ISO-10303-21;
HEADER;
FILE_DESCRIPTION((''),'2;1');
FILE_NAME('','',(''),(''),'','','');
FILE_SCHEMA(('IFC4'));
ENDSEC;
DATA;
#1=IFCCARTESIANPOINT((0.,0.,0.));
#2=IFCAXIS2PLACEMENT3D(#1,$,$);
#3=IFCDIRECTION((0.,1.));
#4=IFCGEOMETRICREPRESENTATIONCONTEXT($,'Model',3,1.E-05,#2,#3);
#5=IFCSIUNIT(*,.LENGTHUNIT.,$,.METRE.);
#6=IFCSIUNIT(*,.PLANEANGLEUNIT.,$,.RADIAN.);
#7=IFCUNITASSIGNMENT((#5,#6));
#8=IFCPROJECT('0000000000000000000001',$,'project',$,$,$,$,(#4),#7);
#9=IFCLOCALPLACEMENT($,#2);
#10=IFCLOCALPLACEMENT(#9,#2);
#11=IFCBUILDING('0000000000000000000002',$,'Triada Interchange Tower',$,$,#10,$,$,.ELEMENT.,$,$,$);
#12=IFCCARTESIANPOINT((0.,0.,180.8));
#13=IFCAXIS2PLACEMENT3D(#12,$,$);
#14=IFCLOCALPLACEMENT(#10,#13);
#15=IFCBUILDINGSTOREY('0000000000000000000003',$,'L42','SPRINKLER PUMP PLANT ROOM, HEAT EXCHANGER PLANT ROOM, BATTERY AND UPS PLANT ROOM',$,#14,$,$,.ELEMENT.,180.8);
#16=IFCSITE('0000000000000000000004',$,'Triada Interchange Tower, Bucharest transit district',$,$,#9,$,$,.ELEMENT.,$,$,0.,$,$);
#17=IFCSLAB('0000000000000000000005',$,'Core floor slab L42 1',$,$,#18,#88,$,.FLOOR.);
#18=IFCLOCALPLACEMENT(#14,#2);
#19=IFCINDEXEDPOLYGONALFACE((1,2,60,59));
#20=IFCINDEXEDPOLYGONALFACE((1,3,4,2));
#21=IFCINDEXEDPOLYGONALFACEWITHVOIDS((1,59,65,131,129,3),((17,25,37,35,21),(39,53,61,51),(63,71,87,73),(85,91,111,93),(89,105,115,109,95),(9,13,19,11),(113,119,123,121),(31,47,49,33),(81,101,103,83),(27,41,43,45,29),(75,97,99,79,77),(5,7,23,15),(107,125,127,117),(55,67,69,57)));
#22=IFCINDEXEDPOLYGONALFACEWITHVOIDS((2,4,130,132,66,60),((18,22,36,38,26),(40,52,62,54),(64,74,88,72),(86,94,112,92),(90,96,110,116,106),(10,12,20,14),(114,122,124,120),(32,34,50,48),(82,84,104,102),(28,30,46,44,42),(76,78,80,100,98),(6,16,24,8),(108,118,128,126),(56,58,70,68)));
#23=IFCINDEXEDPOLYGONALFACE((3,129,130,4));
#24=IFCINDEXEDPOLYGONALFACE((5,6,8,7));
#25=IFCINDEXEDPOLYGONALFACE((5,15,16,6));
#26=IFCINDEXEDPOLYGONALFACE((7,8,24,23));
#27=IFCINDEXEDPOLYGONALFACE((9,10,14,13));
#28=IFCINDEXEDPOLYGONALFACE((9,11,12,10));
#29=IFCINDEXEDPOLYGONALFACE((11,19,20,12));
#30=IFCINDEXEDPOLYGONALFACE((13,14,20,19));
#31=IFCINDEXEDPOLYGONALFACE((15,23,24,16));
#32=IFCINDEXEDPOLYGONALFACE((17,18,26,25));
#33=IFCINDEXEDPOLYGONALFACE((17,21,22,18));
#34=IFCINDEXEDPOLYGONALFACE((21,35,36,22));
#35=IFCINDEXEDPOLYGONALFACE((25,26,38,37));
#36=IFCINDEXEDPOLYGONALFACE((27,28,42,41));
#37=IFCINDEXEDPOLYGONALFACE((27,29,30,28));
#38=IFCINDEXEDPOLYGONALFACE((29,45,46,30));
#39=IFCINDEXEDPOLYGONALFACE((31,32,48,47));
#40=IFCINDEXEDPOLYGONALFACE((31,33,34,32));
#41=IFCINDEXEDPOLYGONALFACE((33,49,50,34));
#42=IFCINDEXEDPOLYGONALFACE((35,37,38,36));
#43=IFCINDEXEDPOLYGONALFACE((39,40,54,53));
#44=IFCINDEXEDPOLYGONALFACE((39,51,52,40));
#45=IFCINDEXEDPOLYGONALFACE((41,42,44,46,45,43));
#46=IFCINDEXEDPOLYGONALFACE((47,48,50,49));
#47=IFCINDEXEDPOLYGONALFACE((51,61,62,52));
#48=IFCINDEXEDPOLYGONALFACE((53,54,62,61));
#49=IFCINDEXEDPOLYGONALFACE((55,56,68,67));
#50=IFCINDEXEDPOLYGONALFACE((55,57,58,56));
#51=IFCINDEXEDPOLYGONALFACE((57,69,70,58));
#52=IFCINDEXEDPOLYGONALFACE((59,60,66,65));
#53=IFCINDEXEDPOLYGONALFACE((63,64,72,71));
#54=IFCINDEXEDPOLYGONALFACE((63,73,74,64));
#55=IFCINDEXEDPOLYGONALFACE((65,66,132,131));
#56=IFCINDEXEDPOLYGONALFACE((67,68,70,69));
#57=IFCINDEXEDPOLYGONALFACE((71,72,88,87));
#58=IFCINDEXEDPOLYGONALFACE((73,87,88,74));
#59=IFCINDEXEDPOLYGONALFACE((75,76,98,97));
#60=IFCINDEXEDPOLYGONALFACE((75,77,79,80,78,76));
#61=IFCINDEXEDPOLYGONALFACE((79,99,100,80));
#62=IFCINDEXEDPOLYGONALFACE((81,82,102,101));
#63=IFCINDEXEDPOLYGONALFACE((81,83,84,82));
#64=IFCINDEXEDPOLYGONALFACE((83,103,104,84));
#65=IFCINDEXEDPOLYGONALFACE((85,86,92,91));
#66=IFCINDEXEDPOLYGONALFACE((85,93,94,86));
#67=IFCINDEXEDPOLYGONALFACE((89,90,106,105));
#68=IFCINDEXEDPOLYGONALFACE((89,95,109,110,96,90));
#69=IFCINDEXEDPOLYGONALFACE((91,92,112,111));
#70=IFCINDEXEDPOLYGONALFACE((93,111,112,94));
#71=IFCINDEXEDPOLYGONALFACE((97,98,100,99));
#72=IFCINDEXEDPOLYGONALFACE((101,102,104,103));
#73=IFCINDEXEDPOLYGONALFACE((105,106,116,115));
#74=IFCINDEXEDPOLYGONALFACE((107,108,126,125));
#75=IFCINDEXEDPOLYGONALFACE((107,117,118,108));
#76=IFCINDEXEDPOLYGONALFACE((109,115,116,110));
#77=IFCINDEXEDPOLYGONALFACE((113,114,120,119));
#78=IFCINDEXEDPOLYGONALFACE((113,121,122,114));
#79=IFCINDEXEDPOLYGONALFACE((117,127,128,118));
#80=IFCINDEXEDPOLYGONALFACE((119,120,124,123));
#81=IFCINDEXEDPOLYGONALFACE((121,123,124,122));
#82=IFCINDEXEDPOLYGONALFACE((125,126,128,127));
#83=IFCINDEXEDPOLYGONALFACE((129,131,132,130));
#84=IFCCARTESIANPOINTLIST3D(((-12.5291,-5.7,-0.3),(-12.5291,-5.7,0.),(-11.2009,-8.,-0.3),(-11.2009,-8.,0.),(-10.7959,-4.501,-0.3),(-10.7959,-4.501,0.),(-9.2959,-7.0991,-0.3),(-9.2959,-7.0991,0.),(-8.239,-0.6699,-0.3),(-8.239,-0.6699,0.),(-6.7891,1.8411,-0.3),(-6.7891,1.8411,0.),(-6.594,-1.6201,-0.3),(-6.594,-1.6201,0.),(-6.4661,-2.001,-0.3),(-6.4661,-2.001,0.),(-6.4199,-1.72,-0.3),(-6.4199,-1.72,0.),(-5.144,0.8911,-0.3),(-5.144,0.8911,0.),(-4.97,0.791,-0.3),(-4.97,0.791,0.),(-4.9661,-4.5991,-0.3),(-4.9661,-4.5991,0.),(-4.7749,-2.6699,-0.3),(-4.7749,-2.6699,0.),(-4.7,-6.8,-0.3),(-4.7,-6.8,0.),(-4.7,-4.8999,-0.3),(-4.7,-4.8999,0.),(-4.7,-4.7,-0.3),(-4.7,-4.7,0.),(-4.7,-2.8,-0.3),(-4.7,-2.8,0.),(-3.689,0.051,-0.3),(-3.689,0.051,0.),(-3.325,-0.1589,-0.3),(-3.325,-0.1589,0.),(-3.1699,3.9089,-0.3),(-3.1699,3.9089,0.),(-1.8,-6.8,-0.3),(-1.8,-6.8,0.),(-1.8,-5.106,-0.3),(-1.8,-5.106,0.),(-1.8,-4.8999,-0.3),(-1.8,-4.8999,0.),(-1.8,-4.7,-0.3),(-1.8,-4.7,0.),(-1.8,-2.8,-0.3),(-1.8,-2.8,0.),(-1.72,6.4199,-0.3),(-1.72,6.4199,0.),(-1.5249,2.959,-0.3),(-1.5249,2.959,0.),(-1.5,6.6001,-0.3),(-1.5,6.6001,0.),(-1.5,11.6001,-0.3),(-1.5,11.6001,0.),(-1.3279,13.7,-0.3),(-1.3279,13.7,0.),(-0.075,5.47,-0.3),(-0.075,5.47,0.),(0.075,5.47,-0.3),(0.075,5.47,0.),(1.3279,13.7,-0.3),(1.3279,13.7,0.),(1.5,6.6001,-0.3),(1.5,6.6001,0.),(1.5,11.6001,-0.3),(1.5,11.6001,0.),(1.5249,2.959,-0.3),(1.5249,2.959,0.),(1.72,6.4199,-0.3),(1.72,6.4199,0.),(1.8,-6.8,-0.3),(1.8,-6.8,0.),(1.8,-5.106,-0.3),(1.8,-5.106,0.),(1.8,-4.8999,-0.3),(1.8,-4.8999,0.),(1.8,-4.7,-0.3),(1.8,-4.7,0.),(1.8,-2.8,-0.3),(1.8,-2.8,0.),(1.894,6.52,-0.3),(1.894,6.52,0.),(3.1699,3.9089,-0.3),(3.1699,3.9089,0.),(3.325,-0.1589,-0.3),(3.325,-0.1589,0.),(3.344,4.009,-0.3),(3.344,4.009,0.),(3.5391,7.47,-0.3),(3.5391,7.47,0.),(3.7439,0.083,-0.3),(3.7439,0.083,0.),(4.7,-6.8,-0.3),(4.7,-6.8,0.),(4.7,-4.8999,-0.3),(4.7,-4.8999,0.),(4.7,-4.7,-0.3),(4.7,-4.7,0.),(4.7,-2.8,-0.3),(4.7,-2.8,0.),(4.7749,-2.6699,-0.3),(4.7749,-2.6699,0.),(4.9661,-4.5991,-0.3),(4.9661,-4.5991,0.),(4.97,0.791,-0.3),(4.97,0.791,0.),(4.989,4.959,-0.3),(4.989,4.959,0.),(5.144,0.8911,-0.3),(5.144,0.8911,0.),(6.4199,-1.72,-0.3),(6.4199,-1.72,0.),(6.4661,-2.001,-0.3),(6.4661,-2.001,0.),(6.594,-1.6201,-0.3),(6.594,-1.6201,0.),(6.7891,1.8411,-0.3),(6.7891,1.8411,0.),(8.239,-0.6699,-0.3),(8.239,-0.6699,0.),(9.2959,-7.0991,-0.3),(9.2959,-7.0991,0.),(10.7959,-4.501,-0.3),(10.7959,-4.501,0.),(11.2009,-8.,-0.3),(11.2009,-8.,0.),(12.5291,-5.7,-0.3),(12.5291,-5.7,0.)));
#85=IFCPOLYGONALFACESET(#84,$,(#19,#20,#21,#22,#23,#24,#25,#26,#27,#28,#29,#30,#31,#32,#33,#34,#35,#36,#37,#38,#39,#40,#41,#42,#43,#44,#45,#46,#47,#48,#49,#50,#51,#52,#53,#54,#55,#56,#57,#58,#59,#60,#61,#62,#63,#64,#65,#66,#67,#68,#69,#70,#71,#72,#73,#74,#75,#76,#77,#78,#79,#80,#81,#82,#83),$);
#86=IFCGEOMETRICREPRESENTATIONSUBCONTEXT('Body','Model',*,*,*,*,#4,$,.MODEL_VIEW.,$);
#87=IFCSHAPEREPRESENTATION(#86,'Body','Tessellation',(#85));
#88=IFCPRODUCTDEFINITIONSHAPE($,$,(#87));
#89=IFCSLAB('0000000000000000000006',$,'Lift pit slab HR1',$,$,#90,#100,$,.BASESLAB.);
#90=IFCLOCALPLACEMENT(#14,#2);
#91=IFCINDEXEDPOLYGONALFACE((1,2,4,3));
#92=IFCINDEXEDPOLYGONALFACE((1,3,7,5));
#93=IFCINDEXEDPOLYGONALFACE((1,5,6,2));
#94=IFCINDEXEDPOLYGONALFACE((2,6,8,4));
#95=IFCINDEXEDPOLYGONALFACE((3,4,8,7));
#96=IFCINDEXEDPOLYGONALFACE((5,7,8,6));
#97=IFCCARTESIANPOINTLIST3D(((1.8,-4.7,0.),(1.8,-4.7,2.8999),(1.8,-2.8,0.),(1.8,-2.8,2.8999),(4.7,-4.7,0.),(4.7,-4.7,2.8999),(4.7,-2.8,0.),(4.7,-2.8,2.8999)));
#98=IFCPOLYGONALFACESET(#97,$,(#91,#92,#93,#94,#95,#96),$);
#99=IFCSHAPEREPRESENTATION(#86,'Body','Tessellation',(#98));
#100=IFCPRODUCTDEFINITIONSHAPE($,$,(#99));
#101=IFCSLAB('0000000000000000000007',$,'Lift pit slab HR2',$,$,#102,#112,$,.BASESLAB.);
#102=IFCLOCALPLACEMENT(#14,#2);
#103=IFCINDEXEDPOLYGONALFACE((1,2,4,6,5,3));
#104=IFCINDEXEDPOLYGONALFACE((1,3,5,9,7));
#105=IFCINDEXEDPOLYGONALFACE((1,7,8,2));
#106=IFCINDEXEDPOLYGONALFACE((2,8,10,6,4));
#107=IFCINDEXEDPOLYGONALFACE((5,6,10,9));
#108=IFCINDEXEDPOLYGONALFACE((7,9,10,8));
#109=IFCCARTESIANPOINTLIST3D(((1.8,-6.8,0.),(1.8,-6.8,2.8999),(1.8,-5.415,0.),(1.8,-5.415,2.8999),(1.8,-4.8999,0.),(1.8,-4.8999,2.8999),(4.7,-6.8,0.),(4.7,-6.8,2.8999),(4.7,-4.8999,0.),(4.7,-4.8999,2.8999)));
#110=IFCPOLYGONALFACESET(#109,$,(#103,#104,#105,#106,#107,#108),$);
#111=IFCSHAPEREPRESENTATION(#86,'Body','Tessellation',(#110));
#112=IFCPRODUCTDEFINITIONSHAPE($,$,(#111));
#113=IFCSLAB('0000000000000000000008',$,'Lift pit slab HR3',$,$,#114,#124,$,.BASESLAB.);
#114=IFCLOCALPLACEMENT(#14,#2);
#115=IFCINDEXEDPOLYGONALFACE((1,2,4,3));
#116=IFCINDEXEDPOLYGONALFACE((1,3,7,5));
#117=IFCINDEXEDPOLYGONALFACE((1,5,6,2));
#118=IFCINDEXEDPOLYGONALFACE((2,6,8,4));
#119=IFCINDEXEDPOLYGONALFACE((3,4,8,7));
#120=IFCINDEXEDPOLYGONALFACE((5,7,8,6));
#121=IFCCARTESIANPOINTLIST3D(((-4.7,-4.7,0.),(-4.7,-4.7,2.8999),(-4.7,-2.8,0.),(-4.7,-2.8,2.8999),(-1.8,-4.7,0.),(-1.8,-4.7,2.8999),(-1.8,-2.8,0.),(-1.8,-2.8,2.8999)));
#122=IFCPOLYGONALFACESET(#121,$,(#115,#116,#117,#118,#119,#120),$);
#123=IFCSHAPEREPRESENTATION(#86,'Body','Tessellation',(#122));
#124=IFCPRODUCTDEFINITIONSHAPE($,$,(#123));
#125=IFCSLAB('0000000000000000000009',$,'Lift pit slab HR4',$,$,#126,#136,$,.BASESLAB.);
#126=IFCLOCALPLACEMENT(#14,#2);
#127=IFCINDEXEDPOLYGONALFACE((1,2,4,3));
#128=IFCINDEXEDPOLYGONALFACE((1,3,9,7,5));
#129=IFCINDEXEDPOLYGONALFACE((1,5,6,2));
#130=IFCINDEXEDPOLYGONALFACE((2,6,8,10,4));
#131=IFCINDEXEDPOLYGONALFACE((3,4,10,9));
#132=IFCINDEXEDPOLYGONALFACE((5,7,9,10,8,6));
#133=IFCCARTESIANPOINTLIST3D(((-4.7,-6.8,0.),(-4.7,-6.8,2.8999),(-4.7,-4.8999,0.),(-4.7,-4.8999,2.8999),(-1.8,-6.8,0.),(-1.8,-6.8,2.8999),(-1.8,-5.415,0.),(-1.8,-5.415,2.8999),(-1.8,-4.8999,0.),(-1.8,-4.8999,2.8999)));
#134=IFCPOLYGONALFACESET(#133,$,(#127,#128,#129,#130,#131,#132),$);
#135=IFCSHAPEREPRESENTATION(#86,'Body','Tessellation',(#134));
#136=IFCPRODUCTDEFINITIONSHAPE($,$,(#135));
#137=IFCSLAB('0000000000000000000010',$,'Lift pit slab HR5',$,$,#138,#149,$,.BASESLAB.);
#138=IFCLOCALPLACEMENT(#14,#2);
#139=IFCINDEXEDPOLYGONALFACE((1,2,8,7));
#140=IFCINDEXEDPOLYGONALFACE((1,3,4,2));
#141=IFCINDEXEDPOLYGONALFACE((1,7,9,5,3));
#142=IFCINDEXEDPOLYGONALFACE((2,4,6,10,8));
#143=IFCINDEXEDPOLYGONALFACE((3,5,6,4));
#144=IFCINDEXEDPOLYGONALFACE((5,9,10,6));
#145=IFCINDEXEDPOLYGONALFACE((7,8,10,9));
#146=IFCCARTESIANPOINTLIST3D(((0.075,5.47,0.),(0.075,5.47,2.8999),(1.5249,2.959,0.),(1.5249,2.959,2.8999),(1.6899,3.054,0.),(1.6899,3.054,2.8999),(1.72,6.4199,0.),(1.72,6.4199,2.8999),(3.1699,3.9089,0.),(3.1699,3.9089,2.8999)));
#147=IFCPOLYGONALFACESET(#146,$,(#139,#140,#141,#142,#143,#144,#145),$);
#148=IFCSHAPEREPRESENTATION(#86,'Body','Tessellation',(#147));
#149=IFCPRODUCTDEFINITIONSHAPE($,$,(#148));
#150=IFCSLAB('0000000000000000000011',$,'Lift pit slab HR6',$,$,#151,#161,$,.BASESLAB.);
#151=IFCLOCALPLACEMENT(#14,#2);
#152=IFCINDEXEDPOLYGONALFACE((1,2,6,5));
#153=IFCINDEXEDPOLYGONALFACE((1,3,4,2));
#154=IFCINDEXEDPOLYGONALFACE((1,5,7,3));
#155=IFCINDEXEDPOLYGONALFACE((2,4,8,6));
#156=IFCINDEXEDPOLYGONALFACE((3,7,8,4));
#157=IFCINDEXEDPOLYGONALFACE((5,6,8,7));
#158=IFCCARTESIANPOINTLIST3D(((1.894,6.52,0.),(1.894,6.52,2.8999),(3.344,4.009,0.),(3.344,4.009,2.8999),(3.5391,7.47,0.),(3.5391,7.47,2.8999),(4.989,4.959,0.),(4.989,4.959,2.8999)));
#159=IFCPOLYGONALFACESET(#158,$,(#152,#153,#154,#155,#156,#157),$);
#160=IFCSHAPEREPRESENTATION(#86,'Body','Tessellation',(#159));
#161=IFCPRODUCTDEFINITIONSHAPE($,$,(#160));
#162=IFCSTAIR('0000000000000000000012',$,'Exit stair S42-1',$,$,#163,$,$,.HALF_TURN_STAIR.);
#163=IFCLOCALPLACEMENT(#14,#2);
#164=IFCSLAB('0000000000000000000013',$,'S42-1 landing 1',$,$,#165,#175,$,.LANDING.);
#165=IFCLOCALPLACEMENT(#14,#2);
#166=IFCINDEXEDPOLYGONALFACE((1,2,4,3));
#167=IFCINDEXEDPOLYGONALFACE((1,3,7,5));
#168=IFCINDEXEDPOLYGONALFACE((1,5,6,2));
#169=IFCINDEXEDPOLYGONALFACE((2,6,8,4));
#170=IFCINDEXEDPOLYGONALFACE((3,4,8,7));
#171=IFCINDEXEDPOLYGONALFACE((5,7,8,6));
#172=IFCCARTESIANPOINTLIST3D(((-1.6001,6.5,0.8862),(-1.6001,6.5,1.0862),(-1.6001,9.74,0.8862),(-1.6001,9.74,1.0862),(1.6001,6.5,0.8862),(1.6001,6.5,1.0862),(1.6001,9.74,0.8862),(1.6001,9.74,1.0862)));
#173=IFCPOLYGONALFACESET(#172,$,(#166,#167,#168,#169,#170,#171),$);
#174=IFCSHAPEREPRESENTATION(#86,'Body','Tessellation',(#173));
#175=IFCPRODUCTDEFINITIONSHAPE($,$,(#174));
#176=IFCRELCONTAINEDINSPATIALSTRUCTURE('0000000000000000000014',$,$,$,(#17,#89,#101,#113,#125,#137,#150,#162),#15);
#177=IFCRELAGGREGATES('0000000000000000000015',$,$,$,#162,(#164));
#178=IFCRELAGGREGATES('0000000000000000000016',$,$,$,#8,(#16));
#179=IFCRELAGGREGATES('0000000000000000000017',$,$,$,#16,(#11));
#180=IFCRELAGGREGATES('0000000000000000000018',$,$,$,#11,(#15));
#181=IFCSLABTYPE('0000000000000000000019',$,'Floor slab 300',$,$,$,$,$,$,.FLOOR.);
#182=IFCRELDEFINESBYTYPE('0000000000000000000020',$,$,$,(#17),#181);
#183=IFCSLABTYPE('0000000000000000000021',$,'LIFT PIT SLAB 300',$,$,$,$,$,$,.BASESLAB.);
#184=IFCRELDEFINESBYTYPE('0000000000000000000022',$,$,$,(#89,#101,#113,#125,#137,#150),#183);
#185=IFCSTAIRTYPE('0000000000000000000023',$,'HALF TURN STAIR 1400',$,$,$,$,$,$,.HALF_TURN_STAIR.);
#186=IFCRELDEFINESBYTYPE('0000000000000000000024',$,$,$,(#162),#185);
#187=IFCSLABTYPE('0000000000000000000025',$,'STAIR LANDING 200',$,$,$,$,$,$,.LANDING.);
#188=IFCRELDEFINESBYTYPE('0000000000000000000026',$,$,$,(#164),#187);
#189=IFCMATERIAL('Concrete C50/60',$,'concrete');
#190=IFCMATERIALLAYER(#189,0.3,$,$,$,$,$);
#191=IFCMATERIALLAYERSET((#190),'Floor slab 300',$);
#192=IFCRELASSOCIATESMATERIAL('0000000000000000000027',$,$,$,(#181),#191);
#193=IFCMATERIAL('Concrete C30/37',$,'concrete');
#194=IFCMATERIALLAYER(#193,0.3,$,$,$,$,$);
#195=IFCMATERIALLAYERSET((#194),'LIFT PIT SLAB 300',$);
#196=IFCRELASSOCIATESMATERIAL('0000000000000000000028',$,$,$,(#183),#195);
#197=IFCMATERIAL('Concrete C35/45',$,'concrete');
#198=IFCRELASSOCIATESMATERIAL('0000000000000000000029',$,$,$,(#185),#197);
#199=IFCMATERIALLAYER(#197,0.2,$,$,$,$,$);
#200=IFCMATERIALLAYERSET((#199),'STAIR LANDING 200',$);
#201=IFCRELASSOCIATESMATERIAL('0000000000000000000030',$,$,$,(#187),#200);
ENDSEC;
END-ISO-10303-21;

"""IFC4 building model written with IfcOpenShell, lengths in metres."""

from ifc_helpers import new_model, si_unit, direction, frame, origin, place, context, subcontext, project, spatial, polyline, outline, extrude, material, layer, layer_set, type_object, element, aggregate, save


model = new_model("IFC4")

# Units and contexts
model_context = context("Model", 3, precision=1e-05, world=origin(), true_north=direction((0.0, 1.0)))
body_context = subcontext(model_context, "Body", "Model", "MODEL_VIEW")
ifc_project = project(units=[si_unit("LENGTHUNIT", "METRE"), si_unit("PLANEANGLEUNIT", "RADIAN")], contexts=[model_context])

# Site, building, storey
site_placement = place(None, origin())
site = spatial("IfcSite", under=ifc_project, at=site_placement, Name="Triada Interchange Tower, Bucharest transit district", CompositionType="ELEMENT", RefElevation=0.0)
building_placement = place(site_placement, origin())
building = spatial("IfcBuilding", under=site, at=building_placement, Name="Triada Interchange Tower", CompositionType="ELEMENT")
storey_placement = place(building_placement, frame((0.0, 0.0, 180.8)))
storey = spatial("IfcBuildingStorey", under=building, at=storey_placement, Name="L42", Description="SPRINKLER PUMP PLANT ROOM, HEAT EXCHANGER PLANT ROOM, BATTERY AND UPS PLANT ROOM", CompositionType="ELEMENT", Elevation=180.8)

# Slabs
ifc_material_1 = material(Name="Concrete C50/60", Category="concrete")
ifc_layer_1 = layer(ifc_material_1, 0.3)
ifc_layer_set_1 = layer_set([ifc_layer_1], Name="Floor slab 300")
slab_type_1 = type_object("IfcSlabType", Name="Floor slab 300", PredefinedType="FLOOR", material=ifc_layer_set_1)
slab_1_placement = place(storey_placement, frame((0.0, 0.0, -0.3)))
element("IfcSlab", 1, at=slab_1_placement, inside=storey, type_object=slab_type_1, Name="Core floor slab L42 1", PredefinedType="FLOOR", context=body_context, shape_type="SweptSolid", body=[
    extrude(outline(polyline([(12.5291, -5.7), (11.2009, -8.0), (-11.2009, -8.0), (-12.5291, -5.7), (-1.3279, 13.7), (1.3279, 13.7), (12.5291, -5.7)]), holes=[polyline([(9.2959, -7.0991), (10.7959, -4.501), (6.4661, -2.001), (4.9661, -4.5991), (9.2959, -7.0991)]), polyline([(6.7891, 1.8411), (5.144, 0.8911), (6.594, -1.6201), (8.239, -0.6699), (6.7891, 1.8411)]), polyline([(4.7749, -2.6699), (6.4199, -1.72), (4.97, 0.791), (3.7439, 0.083), (3.325, -0.1589), (4.7749, -2.6699)]), polyline([(1.894, 6.52), (3.344, 4.009), (4.989, 4.959), (3.5391, 7.47), (1.894, 6.52)]), polyline([(1.8, -5.106), (1.8, -6.8), (4.7, -6.8), (4.7, -4.8999), (1.8, -4.8999), (1.8, -5.106)]), polyline([(4.7, -2.8), (1.8, -2.8), (1.8, -4.7), (4.7, -4.7), (4.7, -2.8)]), polyline([(0.075, 5.47), (1.5249, 2.959), (3.1699, 3.9089), (1.72, 6.4199), (0.075, 5.47)]), polyline([(1.5, 11.6001), (-1.5, 11.6001), (-1.5, 6.6001), (1.5, 6.6001), (1.5, 11.6001)]), polyline([(-1.5249, 2.959), (-0.075, 5.47), (-1.72, 6.4199), (-3.1699, 3.9089), (-1.5249, 2.959)]), polyline([(-1.8, -2.8), (-4.7, -2.8), (-4.7, -4.7), (-1.8, -4.7), (-1.8, -2.8)]), polyline([(-4.7, -6.8), (-1.8, -6.8), (-1.8, -5.106), (-1.8, -4.8999), (-4.7, -4.8999), (-4.7, -6.8)]), polyline([(-3.325, -0.1589), (-3.689, 0.051), (-4.97, 0.791), (-6.4199, -1.72), (-4.7749, -2.6699), (-3.325, -0.1589)]), polyline([(-10.7959, -4.501), (-9.2959, -7.0991), (-4.9661, -4.5991), (-6.4661, -2.001), (-10.7959, -4.501)]), polyline([(-6.594, -1.6201), (-5.144, 0.8911), (-6.7891, 1.8411), (-8.239, -0.6699), (-6.594, -1.6201)])]), origin(), (0.0, 0.0, 1.0), 0.3),
])
ifc_material_2 = material(Name="Concrete C30/37", Category="concrete")
ifc_layer_2 = layer(ifc_material_2, 0.3)
ifc_layer_set_2 = layer_set([ifc_layer_2], Name="LIFT PIT SLAB 300")
slab_type_2 = type_object("IfcSlabType", Name="LIFT PIT SLAB 300", PredefinedType="BASESLAB", material=ifc_layer_set_2)
slab_2_placement = place(storey_placement, origin())
element("IfcSlab", 2, at=slab_2_placement, inside=storey, type_object=slab_type_2, Name="Lift pit slab HR1", PredefinedType="BASESLAB", context=body_context, shape_type="SweptSolid", body=[
    extrude(outline(polyline([(4.7, -4.7), (1.8, -4.7), (1.8, -2.8), (4.7, -2.8), (4.7, -4.7)])), origin(), (0.0, 0.0, 1.0), 2.8999),
])
slab_3_placement = place(storey_placement, origin())
element("IfcSlab", 3, at=slab_3_placement, inside=storey, type_object=slab_type_2, Name="Lift pit slab HR2", PredefinedType="BASESLAB", context=body_context, shape_type="SweptSolid", body=[
    extrude(outline(polyline([(4.7, -6.8), (1.8, -6.8), (1.8, -5.415), (1.8, -4.8999), (4.7, -4.8999), (4.7, -6.8)])), origin(), (0.0, 0.0, 1.0), 2.8999),
])
slab_4_placement = place(storey_placement, origin())
element("IfcSlab", 4, at=slab_4_placement, inside=storey, type_object=slab_type_2, Name="Lift pit slab HR3", PredefinedType="BASESLAB", context=body_context, shape_type="SweptSolid", body=[
    extrude(outline(polyline([(-1.8, -4.7), (-4.7, -4.7), (-4.7, -2.8), (-1.8, -2.8), (-1.8, -4.7)])), origin(), (0.0, 0.0, 1.0), 2.8999),
])
slab_5_placement = place(storey_placement, origin())
element("IfcSlab", 5, at=slab_5_placement, inside=storey, type_object=slab_type_2, Name="Lift pit slab HR4", PredefinedType="BASESLAB", context=body_context, shape_type="SweptSolid", body=[
    extrude(outline(polyline([(-1.8, -5.415), (-1.8, -6.8), (-4.7, -6.8), (-4.7, -4.8999), (-1.8, -4.8999), (-1.8, -5.415)])), origin(), (0.0, 0.0, 1.0), 2.8999),
])
slab_6_placement = place(storey_placement, origin())
element("IfcSlab", 6, at=slab_6_placement, inside=storey, type_object=slab_type_2, Name="Lift pit slab HR5", PredefinedType="BASESLAB", context=body_context, shape_type="SweptSolid", body=[
    extrude(outline(polyline([(1.72, 6.4199), (3.1699, 3.9089), (1.6899, 3.054), (1.5249, 2.959), (0.075, 5.47), (1.72, 6.4199)])), origin(), (0.0, 0.0, 1.0), 2.8999),
])
slab_7_placement = place(storey_placement, origin())
element("IfcSlab", 7, at=slab_7_placement, inside=storey, type_object=slab_type_2, Name="Lift pit slab HR6", PredefinedType="BASESLAB", context=body_context, shape_type="SweptSolid", body=[
    extrude(outline(polyline([(3.5391, 7.47), (4.989, 4.959), (3.344, 4.009), (1.894, 6.52), (3.5391, 7.47)])), origin(), (0.0, 0.0, 1.0), 2.8999),
])

# Stair, slab
ifc_material_3 = material(Name="Concrete C35/45", Category="concrete")
stair_type = type_object("IfcStairType", Name="HALF TURN STAIR 1400", PredefinedType="HALF_TURN_STAIR", material=ifc_material_3)
stair_1_placement = place(storey_placement, origin())
stair_1 = element("IfcStair", 8, at=stair_1_placement, inside=storey, type_object=stair_type, Name="Exit stair S42-1", PredefinedType="HALF_TURN_STAIR")
ifc_layer_3 = layer(ifc_material_3, 0.2)
ifc_layer_set_3 = layer_set([ifc_layer_3], Name="STAIR LANDING 200")
slab_type_3 = type_object("IfcSlabType", Name="STAIR LANDING 200", PredefinedType="LANDING", material=ifc_layer_set_3)
slab_8_placement = place(storey_placement, frame((0.0, 0.0, 0.8862)))
slab_8 = element("IfcSlab", 9, at=slab_8_placement, type_object=slab_type_3, Name="S42-1 landing 1", PredefinedType="LANDING", context=body_context, shape_type="SweptSolid", body=[
    extrude(outline(polyline([(1.6001, 6.5), (1.6001, 9.74), (-1.6001, 9.74), (-1.6001, 6.5), (1.6001, 6.5)])), origin(), (0.0, 0.0, 1.0), 0.2),
])

aggregate(stair_1, [slab_8])

save(model, "model.ifc")
